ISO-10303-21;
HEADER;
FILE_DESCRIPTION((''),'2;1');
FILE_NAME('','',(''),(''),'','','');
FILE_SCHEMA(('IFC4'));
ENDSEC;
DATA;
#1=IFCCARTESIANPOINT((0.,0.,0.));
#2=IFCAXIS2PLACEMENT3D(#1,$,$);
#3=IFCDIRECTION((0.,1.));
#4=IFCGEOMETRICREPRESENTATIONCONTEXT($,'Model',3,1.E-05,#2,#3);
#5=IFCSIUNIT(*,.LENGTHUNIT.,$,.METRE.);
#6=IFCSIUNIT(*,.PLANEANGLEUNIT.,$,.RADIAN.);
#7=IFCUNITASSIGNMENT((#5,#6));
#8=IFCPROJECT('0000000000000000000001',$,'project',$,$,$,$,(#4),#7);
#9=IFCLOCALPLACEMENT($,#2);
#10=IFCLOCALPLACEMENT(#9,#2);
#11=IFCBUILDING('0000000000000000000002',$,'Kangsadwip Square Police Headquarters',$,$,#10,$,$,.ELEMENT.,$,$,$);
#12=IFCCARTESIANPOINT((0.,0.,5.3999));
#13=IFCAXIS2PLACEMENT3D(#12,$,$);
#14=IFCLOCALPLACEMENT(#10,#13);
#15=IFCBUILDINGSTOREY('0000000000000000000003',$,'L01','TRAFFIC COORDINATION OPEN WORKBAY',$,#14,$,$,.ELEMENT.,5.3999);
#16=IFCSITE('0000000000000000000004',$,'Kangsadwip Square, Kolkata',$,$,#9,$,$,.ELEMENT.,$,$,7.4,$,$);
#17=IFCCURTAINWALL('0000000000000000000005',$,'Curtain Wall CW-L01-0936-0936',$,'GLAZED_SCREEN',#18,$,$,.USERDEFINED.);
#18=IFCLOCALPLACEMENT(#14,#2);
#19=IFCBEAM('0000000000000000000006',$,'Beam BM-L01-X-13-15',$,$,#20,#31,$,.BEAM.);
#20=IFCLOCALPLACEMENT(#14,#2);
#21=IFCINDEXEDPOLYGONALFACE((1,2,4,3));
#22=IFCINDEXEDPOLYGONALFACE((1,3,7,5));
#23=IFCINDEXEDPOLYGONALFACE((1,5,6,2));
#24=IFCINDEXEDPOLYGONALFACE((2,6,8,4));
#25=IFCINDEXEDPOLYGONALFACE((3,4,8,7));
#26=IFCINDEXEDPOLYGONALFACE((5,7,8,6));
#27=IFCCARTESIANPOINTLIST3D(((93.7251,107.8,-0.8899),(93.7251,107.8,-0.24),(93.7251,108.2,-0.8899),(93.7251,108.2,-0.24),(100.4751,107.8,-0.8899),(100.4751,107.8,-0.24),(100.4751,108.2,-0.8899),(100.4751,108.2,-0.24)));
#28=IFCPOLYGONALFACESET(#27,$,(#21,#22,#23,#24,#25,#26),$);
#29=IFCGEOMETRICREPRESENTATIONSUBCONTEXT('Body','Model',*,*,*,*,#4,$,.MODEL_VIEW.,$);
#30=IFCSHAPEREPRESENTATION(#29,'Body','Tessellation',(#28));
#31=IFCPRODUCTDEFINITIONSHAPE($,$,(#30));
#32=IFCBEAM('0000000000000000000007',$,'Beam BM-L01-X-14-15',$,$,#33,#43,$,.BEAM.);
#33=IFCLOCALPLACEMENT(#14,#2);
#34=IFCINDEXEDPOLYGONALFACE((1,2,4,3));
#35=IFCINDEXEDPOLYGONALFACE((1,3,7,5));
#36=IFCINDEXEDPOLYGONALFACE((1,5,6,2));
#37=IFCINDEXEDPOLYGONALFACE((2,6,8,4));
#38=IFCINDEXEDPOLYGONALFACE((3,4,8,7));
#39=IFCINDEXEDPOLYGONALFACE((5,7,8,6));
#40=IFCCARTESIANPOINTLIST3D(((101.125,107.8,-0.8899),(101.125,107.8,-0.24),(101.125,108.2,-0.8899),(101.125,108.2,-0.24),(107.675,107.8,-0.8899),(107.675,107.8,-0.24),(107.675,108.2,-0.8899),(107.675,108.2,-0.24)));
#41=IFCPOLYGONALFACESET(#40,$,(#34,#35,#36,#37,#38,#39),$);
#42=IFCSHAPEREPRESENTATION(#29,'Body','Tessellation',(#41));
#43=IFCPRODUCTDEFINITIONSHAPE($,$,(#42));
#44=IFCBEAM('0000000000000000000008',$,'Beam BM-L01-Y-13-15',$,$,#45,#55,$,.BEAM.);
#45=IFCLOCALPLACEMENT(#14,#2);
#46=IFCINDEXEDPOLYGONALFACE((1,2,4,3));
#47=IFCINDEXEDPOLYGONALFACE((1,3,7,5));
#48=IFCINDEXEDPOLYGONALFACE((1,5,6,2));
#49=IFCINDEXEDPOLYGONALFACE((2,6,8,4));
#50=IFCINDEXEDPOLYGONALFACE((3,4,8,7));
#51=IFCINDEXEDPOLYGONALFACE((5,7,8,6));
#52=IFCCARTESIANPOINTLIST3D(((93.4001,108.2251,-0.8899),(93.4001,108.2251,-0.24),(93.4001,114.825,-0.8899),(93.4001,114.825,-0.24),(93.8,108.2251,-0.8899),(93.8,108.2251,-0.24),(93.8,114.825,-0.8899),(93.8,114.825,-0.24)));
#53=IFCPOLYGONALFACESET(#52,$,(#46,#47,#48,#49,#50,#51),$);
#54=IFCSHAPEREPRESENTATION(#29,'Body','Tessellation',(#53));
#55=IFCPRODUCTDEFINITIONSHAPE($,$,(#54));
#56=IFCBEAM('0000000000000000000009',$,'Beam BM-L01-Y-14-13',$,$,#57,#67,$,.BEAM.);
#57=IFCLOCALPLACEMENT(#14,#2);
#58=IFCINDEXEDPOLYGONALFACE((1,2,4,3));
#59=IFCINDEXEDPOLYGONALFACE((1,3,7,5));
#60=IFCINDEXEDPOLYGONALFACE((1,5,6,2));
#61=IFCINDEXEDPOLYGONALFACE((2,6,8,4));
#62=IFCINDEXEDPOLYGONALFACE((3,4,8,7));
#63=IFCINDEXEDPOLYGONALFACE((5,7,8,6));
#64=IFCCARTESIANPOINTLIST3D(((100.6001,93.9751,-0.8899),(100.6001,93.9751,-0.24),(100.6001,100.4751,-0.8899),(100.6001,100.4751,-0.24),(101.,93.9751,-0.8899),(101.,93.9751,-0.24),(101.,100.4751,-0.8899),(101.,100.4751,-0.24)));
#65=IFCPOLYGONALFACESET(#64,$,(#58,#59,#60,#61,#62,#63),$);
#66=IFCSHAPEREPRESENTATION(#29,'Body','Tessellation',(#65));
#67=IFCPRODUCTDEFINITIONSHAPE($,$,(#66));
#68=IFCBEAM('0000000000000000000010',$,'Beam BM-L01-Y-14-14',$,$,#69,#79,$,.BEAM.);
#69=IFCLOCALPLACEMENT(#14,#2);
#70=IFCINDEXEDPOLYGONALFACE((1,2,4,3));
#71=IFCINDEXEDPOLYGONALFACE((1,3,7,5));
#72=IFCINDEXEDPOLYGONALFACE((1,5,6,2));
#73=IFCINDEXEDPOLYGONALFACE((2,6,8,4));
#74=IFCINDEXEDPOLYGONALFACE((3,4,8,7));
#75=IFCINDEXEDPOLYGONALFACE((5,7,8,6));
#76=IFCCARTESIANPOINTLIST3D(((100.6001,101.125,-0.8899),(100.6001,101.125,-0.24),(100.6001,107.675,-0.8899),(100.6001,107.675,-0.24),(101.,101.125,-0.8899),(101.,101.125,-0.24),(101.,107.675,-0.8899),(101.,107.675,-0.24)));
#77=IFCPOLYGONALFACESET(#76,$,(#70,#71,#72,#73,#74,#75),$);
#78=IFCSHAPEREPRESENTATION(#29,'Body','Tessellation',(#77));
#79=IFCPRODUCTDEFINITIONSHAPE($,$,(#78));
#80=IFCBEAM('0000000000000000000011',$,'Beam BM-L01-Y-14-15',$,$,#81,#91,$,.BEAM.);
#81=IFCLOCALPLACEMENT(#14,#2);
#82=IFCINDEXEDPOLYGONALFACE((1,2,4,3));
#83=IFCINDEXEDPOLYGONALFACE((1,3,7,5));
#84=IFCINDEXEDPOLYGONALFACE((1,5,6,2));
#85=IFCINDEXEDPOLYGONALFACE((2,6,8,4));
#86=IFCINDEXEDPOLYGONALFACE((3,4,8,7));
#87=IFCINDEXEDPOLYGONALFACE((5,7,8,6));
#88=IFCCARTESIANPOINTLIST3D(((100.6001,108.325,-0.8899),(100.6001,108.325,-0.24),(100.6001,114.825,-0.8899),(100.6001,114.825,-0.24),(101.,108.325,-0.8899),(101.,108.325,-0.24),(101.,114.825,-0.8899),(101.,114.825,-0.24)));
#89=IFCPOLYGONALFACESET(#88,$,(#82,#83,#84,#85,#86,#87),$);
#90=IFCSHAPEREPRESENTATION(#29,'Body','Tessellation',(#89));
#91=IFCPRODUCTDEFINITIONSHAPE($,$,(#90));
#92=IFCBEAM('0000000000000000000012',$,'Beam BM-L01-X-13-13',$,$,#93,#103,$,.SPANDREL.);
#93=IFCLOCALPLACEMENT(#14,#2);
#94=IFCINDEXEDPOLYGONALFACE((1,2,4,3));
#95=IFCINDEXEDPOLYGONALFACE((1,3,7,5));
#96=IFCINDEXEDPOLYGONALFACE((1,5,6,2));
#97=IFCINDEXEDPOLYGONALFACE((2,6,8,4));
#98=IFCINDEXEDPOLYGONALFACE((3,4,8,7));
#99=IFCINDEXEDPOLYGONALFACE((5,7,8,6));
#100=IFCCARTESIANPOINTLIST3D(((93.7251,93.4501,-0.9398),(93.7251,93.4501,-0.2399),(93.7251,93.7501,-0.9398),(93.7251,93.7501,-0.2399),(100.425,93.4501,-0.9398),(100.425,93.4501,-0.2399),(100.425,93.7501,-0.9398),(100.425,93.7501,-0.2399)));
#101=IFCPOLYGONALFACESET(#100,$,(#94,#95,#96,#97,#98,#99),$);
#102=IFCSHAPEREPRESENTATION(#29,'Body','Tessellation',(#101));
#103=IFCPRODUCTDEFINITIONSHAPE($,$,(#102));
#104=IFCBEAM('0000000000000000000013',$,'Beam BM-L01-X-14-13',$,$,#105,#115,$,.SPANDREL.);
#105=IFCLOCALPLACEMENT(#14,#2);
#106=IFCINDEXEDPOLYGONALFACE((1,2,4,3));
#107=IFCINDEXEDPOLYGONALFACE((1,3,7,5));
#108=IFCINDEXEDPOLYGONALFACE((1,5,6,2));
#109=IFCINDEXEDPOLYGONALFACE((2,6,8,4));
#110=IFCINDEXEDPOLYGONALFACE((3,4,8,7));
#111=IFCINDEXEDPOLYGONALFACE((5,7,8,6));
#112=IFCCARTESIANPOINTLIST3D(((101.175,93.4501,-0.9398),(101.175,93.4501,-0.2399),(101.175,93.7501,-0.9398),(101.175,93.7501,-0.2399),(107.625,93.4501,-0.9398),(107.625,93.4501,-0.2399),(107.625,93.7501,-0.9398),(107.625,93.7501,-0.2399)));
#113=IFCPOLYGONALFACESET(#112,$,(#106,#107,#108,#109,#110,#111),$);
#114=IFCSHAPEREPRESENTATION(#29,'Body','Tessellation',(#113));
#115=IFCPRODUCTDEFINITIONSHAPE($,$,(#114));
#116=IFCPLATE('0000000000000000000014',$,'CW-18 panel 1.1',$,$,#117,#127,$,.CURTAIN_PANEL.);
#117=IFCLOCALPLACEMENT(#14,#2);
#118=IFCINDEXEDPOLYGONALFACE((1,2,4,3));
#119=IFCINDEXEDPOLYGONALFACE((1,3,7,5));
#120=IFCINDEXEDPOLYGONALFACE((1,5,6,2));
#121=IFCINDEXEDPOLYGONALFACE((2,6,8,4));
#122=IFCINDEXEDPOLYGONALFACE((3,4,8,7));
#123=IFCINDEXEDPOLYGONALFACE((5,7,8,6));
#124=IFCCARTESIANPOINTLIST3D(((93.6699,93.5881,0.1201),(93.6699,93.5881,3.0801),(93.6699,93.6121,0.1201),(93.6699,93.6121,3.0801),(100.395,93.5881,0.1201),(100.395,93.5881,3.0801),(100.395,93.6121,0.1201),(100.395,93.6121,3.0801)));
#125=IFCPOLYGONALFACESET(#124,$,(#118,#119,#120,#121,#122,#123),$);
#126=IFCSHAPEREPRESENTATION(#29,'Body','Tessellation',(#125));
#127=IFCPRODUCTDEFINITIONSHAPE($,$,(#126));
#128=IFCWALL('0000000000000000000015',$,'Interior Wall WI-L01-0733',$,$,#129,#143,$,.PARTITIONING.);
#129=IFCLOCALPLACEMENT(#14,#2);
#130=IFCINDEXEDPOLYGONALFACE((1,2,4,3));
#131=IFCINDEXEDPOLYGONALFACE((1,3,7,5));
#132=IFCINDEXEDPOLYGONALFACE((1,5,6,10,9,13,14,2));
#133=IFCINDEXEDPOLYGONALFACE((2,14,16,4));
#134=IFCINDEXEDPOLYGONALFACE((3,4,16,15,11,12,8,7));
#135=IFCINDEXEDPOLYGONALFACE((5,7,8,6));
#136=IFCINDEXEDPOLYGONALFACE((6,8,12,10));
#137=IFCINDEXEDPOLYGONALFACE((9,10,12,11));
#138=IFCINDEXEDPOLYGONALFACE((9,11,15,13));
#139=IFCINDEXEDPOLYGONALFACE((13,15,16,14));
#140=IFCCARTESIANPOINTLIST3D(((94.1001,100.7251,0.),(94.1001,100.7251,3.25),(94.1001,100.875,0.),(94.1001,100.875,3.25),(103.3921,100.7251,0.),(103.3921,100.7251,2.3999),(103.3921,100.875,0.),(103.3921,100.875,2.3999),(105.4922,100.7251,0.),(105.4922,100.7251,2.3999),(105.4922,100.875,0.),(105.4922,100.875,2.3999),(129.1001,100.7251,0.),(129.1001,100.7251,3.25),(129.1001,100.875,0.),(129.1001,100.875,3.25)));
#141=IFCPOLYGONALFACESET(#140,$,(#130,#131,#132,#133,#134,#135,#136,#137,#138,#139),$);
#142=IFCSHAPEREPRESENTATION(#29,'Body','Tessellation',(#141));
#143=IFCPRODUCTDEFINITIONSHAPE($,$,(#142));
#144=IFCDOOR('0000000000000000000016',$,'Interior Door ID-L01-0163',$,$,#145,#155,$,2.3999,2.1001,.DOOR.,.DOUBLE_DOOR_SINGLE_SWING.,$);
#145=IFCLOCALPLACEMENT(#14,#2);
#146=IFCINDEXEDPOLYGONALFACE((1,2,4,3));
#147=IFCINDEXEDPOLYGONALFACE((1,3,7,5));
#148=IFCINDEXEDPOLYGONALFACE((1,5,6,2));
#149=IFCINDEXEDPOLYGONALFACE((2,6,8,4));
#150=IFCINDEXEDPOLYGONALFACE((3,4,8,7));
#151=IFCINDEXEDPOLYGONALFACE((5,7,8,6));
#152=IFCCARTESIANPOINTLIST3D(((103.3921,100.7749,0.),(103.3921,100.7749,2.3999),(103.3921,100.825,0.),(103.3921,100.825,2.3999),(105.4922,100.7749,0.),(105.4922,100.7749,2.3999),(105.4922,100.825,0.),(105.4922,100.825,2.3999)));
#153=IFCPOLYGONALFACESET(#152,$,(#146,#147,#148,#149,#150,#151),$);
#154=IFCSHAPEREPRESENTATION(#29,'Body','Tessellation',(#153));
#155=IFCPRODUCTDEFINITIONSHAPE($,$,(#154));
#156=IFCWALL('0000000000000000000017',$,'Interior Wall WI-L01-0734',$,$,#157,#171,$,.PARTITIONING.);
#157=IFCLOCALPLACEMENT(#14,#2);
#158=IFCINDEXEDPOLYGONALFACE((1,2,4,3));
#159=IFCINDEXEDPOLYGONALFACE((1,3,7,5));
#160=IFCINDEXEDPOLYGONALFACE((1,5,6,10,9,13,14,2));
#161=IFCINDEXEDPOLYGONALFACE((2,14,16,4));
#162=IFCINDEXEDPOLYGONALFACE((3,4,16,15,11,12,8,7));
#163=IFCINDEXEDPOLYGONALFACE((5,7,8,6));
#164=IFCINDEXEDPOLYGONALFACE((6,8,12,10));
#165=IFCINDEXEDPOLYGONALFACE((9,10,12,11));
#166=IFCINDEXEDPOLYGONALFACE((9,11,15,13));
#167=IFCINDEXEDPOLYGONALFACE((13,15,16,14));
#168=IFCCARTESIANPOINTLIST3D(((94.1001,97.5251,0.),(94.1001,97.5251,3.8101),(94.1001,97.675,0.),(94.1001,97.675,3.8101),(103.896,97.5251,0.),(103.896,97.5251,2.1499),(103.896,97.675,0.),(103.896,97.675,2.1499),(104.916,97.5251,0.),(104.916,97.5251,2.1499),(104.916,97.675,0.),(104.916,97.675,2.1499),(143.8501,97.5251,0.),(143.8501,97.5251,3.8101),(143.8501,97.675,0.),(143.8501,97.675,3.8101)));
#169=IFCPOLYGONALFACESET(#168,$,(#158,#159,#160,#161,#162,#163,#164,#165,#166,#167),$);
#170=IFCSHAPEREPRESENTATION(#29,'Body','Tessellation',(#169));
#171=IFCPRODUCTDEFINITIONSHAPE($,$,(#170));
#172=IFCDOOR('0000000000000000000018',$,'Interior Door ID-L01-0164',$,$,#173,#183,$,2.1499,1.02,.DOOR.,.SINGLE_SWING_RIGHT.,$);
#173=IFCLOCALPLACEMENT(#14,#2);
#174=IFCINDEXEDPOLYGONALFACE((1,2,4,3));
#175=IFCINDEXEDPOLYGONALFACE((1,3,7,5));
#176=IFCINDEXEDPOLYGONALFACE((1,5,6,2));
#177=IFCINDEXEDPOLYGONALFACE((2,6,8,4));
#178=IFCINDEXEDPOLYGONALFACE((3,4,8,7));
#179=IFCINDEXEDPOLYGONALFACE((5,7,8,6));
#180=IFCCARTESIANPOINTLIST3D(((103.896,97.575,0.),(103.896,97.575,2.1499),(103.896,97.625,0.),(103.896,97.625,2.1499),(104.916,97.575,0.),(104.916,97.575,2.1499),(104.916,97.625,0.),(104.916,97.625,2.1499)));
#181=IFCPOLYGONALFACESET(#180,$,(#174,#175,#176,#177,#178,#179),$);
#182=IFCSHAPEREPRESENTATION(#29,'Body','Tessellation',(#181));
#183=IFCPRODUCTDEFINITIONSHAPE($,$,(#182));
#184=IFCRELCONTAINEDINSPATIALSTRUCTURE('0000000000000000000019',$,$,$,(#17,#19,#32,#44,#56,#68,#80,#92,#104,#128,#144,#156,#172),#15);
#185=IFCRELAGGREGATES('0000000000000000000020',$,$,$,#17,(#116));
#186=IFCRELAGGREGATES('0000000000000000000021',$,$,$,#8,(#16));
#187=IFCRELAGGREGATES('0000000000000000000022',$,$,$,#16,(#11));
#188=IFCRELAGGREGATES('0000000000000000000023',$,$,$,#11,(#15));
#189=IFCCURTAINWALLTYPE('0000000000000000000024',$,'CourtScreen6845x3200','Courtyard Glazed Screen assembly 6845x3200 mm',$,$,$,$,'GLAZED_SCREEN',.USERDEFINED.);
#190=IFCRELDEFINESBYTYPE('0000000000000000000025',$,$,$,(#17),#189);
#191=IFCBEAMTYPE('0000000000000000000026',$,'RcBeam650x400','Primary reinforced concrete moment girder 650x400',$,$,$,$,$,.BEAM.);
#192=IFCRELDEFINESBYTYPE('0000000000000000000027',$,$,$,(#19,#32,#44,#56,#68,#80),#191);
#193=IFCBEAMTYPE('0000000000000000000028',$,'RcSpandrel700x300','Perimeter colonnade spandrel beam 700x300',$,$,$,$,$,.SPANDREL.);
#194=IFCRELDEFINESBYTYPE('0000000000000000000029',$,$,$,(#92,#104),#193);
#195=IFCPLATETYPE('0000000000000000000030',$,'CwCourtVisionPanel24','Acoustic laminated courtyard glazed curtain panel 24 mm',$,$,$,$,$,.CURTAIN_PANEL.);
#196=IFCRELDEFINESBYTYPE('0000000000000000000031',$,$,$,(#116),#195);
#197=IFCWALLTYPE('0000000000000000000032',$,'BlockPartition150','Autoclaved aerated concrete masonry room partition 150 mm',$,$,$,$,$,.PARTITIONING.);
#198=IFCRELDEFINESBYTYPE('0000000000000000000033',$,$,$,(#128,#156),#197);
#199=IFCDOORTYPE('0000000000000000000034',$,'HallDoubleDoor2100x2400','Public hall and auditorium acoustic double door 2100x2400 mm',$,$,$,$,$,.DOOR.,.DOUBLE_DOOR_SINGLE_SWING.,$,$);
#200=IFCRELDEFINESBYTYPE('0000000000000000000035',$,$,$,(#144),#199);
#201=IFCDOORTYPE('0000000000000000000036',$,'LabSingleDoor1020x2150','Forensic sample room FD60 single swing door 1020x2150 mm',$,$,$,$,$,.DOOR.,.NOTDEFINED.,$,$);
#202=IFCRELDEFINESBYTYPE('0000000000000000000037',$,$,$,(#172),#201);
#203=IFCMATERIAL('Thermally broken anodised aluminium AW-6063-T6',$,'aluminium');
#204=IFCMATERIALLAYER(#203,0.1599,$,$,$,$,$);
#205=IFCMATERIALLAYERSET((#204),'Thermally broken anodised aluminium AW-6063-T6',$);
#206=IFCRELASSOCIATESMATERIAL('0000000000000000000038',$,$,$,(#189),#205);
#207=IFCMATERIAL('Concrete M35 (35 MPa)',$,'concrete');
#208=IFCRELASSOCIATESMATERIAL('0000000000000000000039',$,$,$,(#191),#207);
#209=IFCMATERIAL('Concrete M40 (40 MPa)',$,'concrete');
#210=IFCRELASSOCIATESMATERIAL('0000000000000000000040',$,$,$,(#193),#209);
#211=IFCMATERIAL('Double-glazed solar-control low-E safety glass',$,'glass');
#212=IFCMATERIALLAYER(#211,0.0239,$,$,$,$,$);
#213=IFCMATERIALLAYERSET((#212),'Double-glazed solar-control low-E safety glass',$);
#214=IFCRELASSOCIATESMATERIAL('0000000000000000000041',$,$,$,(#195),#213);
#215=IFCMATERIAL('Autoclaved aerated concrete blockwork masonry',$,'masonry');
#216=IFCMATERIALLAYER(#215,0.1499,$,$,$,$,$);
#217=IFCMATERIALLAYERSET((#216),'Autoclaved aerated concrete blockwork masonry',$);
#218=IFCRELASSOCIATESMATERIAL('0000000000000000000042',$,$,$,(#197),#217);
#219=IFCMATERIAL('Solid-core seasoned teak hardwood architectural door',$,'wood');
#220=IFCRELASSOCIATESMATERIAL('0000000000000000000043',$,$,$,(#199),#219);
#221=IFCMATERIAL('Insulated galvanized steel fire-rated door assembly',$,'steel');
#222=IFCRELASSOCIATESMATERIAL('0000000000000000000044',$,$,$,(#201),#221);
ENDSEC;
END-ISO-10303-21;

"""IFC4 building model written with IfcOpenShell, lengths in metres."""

from ifc_helpers import new_model, si_unit, direction, frame, frame_2d, origin, origin_2d, place, context, subcontext, project, spatial, rectangle, extrude, material, layer, layer_set, material_profile, profile_set, type_object, element, fill, aggregate, save


model = new_model("IFC4")

# Units and contexts
model_context = context("Model", 3, precision=1e-05, world=origin(), true_north=direction((0.0, 1.0)))
body_context = subcontext(model_context, "Body", "Model", "MODEL_VIEW")
ifc_project = project(units=[si_unit("LENGTHUNIT", "METRE"), si_unit("PLANEANGLEUNIT", "RADIAN")], contexts=[model_context])

# Site, building, storey
site_placement = place(None, origin())
site = spatial("IfcSite", under=ifc_project, at=site_placement, Name="Kangsadwip Square, Kolkata", CompositionType="ELEMENT", RefElevation=7.4)
building_placement = place(site_placement, origin())
building = spatial("IfcBuilding", under=site, at=building_placement, Name="Kangsadwip Square Police Headquarters", CompositionType="ELEMENT")
storey_placement = place(building_placement, frame((0.0, 0.0, 5.3999)))
storey = spatial("IfcBuildingStorey", under=building, at=storey_placement, Name="L01", Description="TRAFFIC COORDINATION OPEN WORKBAY", CompositionType="ELEMENT", Elevation=5.3999)

# Curtain wall
ifc_material_1 = material(Name="Thermally broken anodised aluminium AW-6063-T6", Category="aluminium")
ifc_layer_1 = layer(ifc_material_1, 0.1599)
ifc_layer_set_1 = layer_set([ifc_layer_1], Name="Thermally broken anodised aluminium AW-6063-T6")
curtain_wall_type_1 = type_object("IfcCurtainWallType", Name="CourtScreen6845x3200", Description="Courtyard Glazed Screen assembly 6845x3200 mm", ElementType="GLAZED_SCREEN", PredefinedType="USERDEFINED", material=ifc_layer_set_1)
curtain_wall_1_placement = place(storey_placement, origin())
curtain_wall_1 = element("IfcCurtainWall", 1, at=curtain_wall_1_placement, inside=storey, type_object=curtain_wall_type_1, Name="Curtain Wall CW-L01-0936-0936", ObjectType="GLAZED_SCREEN", PredefinedType="USERDEFINED")

# Beams
ifc_material_2 = material(Name="Concrete M35 (35 MPa)", Category="concrete")
ifc_material_profile_1 = material_profile(ifc_material_2, rectangle(XDim=0.3999, YDim=0.6499, at=origin_2d()), Name="RC BM 650X400")
ifc_profile_set_1 = profile_set([ifc_material_profile_1], Name="Concrete M35 (35 MPa)")
beam_type_1 = type_object("IfcBeamType", Name="RcBeam650x400", Description="Primary reinforced concrete moment girder 650x400", PredefinedType="BEAM", material=ifc_profile_set_1)
beam_1_placement = place(storey_placement, frame((93.7251, 108.0, -0.5649), z_axis=(1.0, 0.0, 0.0), x_axis=(0.0, 1.0, 0.0)))
element("IfcBeam", 2, at=beam_1_placement, inside=storey, type_object=beam_type_1, Name="Beam BM-L01-X-13-15", PredefinedType="BEAM", context=body_context, shape_type="SweptSolid", body=[
    extrude(rectangle(XDim=0.3999, YDim=0.6499, at=origin_2d()), origin(), (0.0, 0.0, 1.0), 6.75),
])
beam_2_placement = place(storey_placement, frame((101.125, 108.0, -0.5649), z_axis=(1.0, 0.0, 0.0), x_axis=(0.0, 1.0, 0.0)))
element("IfcBeam", 3, at=beam_2_placement, inside=storey, type_object=beam_type_1, Name="Beam BM-L01-X-14-15", PredefinedType="BEAM", context=body_context, shape_type="SweptSolid", body=[
    extrude(rectangle(XDim=0.3999, YDim=0.6499, at=origin_2d()), origin(), (0.0, 0.0, 1.0), 6.55),
])
beam_3_placement = place(storey_placement, frame((93.6001, 108.2251, -0.5649), z_axis=(0.0, 1.0, 0.0), x_axis=(-1.0, 0.0, 0.0)))
element("IfcBeam", 4, at=beam_3_placement, inside=storey, type_object=beam_type_1, Name="Beam BM-L01-Y-13-15", PredefinedType="BEAM", context=body_context, shape_type="SweptSolid", body=[
    extrude(rectangle(XDim=0.3999, YDim=0.6499, at=origin_2d()), origin(), (0.0, 0.0, 1.0), 6.5999),
])
beam_4_placement = place(storey_placement, frame((100.8, 93.9751, -0.5649), z_axis=(0.0, 1.0, 0.0), x_axis=(-1.0, 0.0, 0.0)))
element("IfcBeam", 5, at=beam_4_placement, inside=storey, type_object=beam_type_1, Name="Beam BM-L01-Y-14-13", PredefinedType="BEAM", context=body_context, shape_type="SweptSolid", body=[
    extrude(rectangle(XDim=0.3999, YDim=0.6499, at=origin_2d()), origin(), (0.0, 0.0, 1.0), 6.5),
])
beam_5_placement = place(storey_placement, frame((100.8, 101.125, -0.5649), z_axis=(0.0, 1.0, 0.0), x_axis=(-1.0, 0.0, 0.0)))
element("IfcBeam", 6, at=beam_5_placement, inside=storey, type_object=beam_type_1, Name="Beam BM-L01-Y-14-14", PredefinedType="BEAM", context=body_context, shape_type="SweptSolid", body=[
    extrude(rectangle(XDim=0.3999, YDim=0.6499, at=origin_2d()), origin(), (0.0, 0.0, 1.0), 6.55),
])
beam_6_placement = place(storey_placement, frame((100.8, 108.325, -0.5649), z_axis=(0.0, 1.0, 0.0), x_axis=(-1.0, 0.0, 0.0)))
element("IfcBeam", 7, at=beam_6_placement, inside=storey, type_object=beam_type_1, Name="Beam BM-L01-Y-14-15", PredefinedType="BEAM", context=body_context, shape_type="SweptSolid", body=[
    extrude(rectangle(XDim=0.3999, YDim=0.6499, at=origin_2d()), origin(), (0.0, 0.0, 1.0), 6.5),
])
ifc_material_3 = material(Name="Concrete M40 (40 MPa)", Category="concrete")
ifc_material_profile_2 = material_profile(ifc_material_3, rectangle(XDim=0.3, YDim=0.7, at=origin_2d()), Name="RC SPN 700X300")
ifc_profile_set_2 = profile_set([ifc_material_profile_2], Name="Concrete M40 (40 MPa)")
beam_type_2 = type_object("IfcBeamType", Name="RcSpandrel700x300", Description="Perimeter colonnade spandrel beam 700x300", PredefinedType="SPANDREL", material=ifc_profile_set_2)
beam_7_placement = place(storey_placement, frame((93.7251, 93.6001, -0.5898), z_axis=(1.0, 0.0, 0.0), x_axis=(0.0, 1.0, 0.0)))
element("IfcBeam", 8, at=beam_7_placement, inside=storey, type_object=beam_type_2, Name="Beam BM-L01-X-13-13", PredefinedType="SPANDREL", context=body_context, shape_type="SweptSolid", body=[
    extrude(rectangle(XDim=0.3, YDim=0.7, at=origin_2d()), origin(), (0.0, 0.0, 1.0), 6.7),
])
beam_8_placement = place(storey_placement, frame((101.175, 93.6001, -0.5898), z_axis=(1.0, 0.0, 0.0), x_axis=(0.0, 1.0, 0.0)))
element("IfcBeam", 9, at=beam_8_placement, inside=storey, type_object=beam_type_2, Name="Beam BM-L01-X-14-13", PredefinedType="SPANDREL", context=body_context, shape_type="SweptSolid", body=[
    extrude(rectangle(XDim=0.3, YDim=0.7, at=origin_2d()), origin(), (0.0, 0.0, 1.0), 6.45),
])

# Plate
ifc_material_4 = material(Name="Double-glazed solar-control low-E safety glass", Category="glass")
ifc_layer_2 = layer(ifc_material_4, 0.0239)
ifc_layer_set_2 = layer_set([ifc_layer_2], Name="Double-glazed solar-control low-E safety glass")
plate_type = type_object("IfcPlateType", Name="CwCourtVisionPanel24", Description="Acoustic laminated courtyard glazed curtain panel 24 mm", PredefinedType="CURTAIN_PANEL", material=ifc_layer_set_2)
plate_placement = place(storey_placement, frame((97.0325, 93.6001, 0.1201), z_axis=(0.0, 0.0, 1.0), x_axis=(1.0, 0.0, 0.0)))
plate = element("IfcPlate", 10, at=plate_placement, type_object=plate_type, Name="CW-18 panel 1.1", PredefinedType="CURTAIN_PANEL", context=body_context, shape_type="SweptSolid", body=[
    extrude(rectangle(XDim=6.7251, YDim=0.0239, at=origin_2d()), origin(), (0.0, 0.0, 1.0), 2.96),
])
aggregate(curtain_wall_1, [plate])

# Walls, openings, doors
ifc_material_5 = material(Name="Autoclaved aerated concrete blockwork masonry", Category="masonry")
ifc_layer_3 = layer(ifc_material_5, 0.1499)
ifc_layer_set_3 = layer_set([ifc_layer_3], Name="Autoclaved aerated concrete blockwork masonry")
wall_type = type_object("IfcWallType", Name="BlockPartition150", Description="Autoclaved aerated concrete masonry room partition 150 mm", PredefinedType="PARTITIONING", material=ifc_layer_set_3)
wall_1_placement = place(storey_placement, frame((94.1001, 100.8, 0.0), z_axis=(0.0, 0.0, 1.0), x_axis=(1.0, 0.0, 0.0)))
wall_1 = element("IfcWall", 11, at=wall_1_placement, inside=storey, type_object=wall_type, Name="Interior Wall WI-L01-0733", PredefinedType="PARTITIONING", context=body_context, shape_type="SweptSolid", body=[
    extrude(rectangle(XDim=35.0, YDim=0.1499, at=frame_2d((17.5, 0.0))), origin(), (0.0, 0.0, 1.0), 3.25),
])
opening_1_placement = place(wall_1_placement, frame((9.292, 0.0, 0.0)))
opening_1 = element("IfcOpeningElement", 12, at=opening_1_placement, cuts=wall_1, PredefinedType="OPENING", context=body_context, shape_type="SweptSolid", body=[
    extrude(rectangle(XDim=2.1001, YDim=2.3999, at=frame_2d((1.05, 1.2))), frame((0.0, 0.085, 0.0), z_axis=(0.0, -1.0, 0.0), x_axis=(1.0, 0.0, 0.0)), (0.0, 0.0, 1.0), 0.1699),
])
ifc_material_6 = material(Name="Solid-core seasoned teak hardwood architectural door", Category="wood")
door_type_1 = type_object("IfcDoorType", Name="HallDoubleDoor2100x2400", Description="Public hall and auditorium acoustic double door 2100x2400 mm", OperationType="DOUBLE_DOOR_SINGLE_SWING", PredefinedType="DOOR", material=ifc_material_6)
door_1_placement = place(opening_1_placement, origin())
door_1 = element("IfcDoor", 13, at=door_1_placement, inside=storey, type_object=door_type_1, Name="Interior Door ID-L01-0163", OperationType="DOUBLE_DOOR_SINGLE_SWING", OverallHeight=2.3999, OverallWidth=2.1001, PredefinedType="DOOR", context=body_context, shape_type="SweptSolid", body=[
    extrude(rectangle(XDim=2.1001, YDim=2.3999, at=frame_2d((1.05, 1.2))), frame((0.0, 0.0249, 0.0), z_axis=(0.0, -1.0, 0.0), x_axis=(1.0, 0.0, 0.0)), (0.0, 0.0, 1.0), 0.05),
])
fill(opening_1, door_1)
wall_2_placement = place(storey_placement, frame((94.1001, 97.6001, 0.0), z_axis=(0.0, 0.0, 1.0), x_axis=(1.0, 0.0, 0.0)))
wall_2 = element("IfcWall", 14, at=wall_2_placement, inside=storey, type_object=wall_type, Name="Interior Wall WI-L01-0734", PredefinedType="PARTITIONING", context=body_context, shape_type="SweptSolid", body=[
    extrude(rectangle(XDim=49.75, YDim=0.1499, at=frame_2d((24.875, 0.0))), origin(), (0.0, 0.0, 1.0), 3.8101),
])
opening_2_placement = place(wall_2_placement, frame((9.7959, 0.0, 0.0)))
opening_2 = element("IfcOpeningElement", 15, at=opening_2_placement, cuts=wall_2, PredefinedType="OPENING", context=body_context, shape_type="SweptSolid", body=[
    extrude(rectangle(XDim=1.02, YDim=2.1499, at=frame_2d((0.51, 1.075))), frame((0.0, 0.085, 0.0), z_axis=(0.0, -1.0, 0.0), x_axis=(1.0, 0.0, 0.0)), (0.0, 0.0, 1.0), 0.1699),
])
ifc_material_7 = material(Name="Insulated galvanized steel fire-rated door assembly", Category="steel")
door_type_2 = type_object("IfcDoorType", Name="LabSingleDoor1020x2150", Description="Forensic sample room FD60 single swing door 1020x2150 mm", OperationType="NOTDEFINED", PredefinedType="DOOR", material=ifc_material_7)
door_2_placement = place(opening_2_placement, origin())
door_2 = element("IfcDoor", 16, at=door_2_placement, inside=storey, type_object=door_type_2, Name="Interior Door ID-L01-0164", OperationType="SINGLE_SWING_RIGHT", OverallHeight=2.1499, OverallWidth=1.02, PredefinedType="DOOR", context=body_context, shape_type="SweptSolid", body=[
    extrude(rectangle(XDim=1.02, YDim=2.1499, at=frame_2d((0.51, 1.075))), frame((0.0, 0.0249, 0.0), z_axis=(0.0, -1.0, 0.0), x_axis=(1.0, 0.0, 0.0)), (0.0, 0.0, 1.0), 0.05),
])
fill(opening_2, door_2)

save(model, "model.ifc")
